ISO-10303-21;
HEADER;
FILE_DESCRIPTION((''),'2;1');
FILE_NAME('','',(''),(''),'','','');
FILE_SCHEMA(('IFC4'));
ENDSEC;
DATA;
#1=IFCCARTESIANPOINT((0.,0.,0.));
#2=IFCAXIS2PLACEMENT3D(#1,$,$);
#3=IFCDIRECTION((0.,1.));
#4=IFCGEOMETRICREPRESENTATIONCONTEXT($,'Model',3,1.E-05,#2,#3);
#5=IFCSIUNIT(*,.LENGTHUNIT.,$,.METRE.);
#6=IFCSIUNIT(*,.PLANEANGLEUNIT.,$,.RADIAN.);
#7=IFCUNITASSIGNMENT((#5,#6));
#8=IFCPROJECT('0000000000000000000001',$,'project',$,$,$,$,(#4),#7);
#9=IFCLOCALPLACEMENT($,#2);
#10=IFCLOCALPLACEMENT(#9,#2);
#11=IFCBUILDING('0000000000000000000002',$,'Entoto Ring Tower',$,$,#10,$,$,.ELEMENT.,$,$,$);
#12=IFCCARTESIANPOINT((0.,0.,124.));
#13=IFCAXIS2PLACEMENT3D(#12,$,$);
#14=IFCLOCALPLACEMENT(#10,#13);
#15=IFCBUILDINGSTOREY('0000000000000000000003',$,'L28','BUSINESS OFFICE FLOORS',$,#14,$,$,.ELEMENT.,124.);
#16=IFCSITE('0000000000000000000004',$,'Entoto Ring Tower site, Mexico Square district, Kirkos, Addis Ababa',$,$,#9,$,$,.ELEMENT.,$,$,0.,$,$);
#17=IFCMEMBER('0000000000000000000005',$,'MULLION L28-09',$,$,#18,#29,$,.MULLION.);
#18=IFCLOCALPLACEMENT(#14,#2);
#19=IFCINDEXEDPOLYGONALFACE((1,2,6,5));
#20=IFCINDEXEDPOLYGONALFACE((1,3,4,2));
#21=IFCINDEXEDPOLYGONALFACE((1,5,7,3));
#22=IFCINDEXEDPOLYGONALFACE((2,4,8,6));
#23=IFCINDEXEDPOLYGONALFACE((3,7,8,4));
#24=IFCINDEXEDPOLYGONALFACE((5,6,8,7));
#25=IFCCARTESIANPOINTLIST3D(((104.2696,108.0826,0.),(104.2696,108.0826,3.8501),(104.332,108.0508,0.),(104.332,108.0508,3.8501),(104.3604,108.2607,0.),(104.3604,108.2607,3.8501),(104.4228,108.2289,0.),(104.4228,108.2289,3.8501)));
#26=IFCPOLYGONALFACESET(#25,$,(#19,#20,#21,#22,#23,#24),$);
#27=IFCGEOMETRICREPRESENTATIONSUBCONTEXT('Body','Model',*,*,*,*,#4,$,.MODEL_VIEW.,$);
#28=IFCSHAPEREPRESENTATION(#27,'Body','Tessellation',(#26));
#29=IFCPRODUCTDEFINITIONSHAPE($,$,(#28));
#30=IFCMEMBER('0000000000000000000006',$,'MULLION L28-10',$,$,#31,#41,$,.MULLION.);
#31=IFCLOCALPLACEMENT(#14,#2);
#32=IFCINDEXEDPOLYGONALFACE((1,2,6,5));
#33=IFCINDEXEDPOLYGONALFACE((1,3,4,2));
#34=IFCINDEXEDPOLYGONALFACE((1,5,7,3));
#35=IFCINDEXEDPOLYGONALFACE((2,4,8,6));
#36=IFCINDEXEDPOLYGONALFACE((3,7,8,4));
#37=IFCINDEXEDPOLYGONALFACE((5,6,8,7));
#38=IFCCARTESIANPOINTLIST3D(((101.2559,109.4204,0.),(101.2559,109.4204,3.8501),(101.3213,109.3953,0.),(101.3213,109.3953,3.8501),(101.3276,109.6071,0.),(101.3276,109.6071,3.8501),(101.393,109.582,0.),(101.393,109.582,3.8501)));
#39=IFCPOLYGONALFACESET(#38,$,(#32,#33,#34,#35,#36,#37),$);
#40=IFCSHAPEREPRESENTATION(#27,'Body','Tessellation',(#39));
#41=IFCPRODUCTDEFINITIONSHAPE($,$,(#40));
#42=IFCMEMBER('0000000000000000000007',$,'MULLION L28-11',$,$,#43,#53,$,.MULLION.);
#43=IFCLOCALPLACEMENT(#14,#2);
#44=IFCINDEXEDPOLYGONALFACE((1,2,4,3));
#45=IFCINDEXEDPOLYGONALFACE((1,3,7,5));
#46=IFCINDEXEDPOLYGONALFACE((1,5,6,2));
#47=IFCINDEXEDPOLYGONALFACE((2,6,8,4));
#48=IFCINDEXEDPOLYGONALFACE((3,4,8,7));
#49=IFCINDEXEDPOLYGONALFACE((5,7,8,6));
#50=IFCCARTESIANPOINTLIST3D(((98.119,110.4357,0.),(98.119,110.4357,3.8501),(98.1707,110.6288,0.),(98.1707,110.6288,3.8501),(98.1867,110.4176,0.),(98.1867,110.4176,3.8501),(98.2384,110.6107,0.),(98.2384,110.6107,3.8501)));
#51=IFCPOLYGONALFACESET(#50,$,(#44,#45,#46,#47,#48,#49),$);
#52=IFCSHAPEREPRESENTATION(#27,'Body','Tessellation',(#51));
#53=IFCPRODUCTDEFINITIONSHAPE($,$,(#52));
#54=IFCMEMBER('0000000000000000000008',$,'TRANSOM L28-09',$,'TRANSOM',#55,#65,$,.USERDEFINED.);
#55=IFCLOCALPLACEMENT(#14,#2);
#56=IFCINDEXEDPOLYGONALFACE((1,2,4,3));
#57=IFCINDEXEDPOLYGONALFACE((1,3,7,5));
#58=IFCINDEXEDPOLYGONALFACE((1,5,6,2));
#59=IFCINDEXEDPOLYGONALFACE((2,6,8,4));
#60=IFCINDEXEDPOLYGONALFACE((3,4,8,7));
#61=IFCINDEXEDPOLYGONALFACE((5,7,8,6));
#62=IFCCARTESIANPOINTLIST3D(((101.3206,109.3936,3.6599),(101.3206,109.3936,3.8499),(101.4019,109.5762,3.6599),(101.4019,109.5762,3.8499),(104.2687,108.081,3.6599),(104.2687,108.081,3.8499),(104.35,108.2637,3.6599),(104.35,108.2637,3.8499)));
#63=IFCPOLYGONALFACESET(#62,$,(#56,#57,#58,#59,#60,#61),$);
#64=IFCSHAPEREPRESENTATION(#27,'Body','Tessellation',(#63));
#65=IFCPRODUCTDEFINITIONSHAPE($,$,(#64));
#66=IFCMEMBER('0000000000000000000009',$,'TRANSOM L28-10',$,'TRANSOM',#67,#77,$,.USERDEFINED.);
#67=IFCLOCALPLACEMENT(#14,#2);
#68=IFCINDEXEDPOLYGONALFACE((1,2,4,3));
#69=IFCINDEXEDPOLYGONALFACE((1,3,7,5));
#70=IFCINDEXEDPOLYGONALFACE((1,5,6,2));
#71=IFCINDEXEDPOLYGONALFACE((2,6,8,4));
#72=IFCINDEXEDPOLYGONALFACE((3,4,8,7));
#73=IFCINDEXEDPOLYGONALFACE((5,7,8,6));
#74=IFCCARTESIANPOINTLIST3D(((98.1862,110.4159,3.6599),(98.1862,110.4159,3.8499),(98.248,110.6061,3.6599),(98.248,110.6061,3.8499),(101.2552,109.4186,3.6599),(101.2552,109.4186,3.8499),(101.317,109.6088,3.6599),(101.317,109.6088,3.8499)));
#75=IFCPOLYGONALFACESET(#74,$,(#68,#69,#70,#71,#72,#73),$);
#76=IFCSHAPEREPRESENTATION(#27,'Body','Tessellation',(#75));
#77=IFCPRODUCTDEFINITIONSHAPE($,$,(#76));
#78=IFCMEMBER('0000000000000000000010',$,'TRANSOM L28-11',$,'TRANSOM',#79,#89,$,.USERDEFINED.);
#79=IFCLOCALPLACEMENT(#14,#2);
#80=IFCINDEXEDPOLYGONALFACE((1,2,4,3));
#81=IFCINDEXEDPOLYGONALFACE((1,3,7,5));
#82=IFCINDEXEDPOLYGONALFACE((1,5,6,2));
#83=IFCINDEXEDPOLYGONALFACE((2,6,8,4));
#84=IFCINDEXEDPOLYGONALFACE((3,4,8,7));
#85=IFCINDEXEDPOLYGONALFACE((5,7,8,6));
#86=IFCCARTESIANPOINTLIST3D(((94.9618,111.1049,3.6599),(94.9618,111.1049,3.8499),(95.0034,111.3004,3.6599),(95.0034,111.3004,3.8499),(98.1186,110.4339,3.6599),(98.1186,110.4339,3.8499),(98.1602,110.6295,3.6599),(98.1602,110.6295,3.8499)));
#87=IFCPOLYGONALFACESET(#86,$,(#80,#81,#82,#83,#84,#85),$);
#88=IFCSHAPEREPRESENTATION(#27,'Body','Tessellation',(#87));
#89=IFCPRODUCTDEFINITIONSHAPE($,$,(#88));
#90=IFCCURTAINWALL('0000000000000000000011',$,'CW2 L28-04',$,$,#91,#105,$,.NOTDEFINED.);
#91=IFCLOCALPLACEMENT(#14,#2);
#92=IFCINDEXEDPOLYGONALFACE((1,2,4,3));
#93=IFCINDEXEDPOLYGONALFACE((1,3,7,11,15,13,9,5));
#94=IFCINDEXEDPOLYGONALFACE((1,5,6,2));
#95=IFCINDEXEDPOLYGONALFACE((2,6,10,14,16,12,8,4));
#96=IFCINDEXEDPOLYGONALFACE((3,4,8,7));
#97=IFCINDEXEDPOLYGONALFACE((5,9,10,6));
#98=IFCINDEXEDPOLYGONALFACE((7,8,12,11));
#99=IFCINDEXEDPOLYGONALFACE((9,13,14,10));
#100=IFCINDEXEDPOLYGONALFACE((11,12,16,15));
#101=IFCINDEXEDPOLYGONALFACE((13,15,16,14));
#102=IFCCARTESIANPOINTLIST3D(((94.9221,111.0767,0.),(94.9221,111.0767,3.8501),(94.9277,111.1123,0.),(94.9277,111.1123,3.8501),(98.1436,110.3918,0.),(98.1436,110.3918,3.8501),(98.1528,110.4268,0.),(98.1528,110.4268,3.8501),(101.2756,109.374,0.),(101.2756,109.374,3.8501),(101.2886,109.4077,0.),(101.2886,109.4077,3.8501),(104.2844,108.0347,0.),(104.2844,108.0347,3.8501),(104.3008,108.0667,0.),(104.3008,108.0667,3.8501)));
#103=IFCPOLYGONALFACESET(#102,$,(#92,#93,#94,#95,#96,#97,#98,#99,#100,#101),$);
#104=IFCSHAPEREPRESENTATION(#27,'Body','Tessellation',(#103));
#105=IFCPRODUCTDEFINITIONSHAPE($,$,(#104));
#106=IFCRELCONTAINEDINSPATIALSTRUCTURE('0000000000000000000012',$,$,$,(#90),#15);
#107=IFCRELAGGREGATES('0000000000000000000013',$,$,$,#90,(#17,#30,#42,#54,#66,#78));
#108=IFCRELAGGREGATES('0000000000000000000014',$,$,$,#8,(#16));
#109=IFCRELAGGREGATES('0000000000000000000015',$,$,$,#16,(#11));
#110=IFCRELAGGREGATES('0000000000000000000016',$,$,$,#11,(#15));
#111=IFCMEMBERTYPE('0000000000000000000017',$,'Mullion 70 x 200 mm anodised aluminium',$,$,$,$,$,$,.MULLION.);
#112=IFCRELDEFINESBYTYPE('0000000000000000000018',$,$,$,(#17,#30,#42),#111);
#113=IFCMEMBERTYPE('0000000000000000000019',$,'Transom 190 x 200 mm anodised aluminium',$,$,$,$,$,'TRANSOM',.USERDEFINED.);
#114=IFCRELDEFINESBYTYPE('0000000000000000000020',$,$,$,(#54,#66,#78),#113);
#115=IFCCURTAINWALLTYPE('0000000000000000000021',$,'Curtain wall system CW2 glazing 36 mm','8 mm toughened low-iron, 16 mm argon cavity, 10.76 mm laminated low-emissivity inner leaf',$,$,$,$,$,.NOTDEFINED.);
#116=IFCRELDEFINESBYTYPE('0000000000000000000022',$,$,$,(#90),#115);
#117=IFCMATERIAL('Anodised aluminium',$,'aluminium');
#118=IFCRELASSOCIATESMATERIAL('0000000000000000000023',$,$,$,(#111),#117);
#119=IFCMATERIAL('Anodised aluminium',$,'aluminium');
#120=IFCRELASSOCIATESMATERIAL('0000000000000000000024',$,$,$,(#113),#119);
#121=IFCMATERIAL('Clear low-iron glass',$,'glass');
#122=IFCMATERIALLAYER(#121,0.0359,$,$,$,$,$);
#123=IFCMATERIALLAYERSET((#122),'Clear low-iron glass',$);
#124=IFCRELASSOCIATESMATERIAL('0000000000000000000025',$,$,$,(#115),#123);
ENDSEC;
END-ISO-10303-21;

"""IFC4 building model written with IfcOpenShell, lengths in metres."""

from ifc_helpers import new_model, si_unit, direction, frame, origin, origin_2d, place, context, subcontext, project, spatial, polyline, rectangle, outline, extrude, material, layer, layer_set, material_profile, profile_set, type_object, element, aggregate, save


model = new_model("IFC4")

# Units and contexts
model_context = context("Model", 3, precision=1e-05, world=origin(), true_north=direction((0.0, 1.0)))
body_context = subcontext(model_context, "Body", "Model", "MODEL_VIEW")
ifc_project = project(units=[si_unit("LENGTHUNIT", "METRE"), si_unit("PLANEANGLEUNIT", "RADIAN")], contexts=[model_context])

# Members
ifc_material_1 = material(Name="Anodised aluminium", Category="aluminium")
ifc_material_profile_1 = material_profile(ifc_material_1, rectangle(XDim=0.0701, YDim=0.2, at=origin_2d()), Name="Mullion 70 x 200 mm anodised aluminium")
ifc_profile_set_1 = profile_set([ifc_material_profile_1], Name="Anodised aluminium")
member_type_1 = type_object("IfcMemberType", Name="Mullion 70 x 200 mm anodised aluminium", PredefinedType="MULLION", material=ifc_profile_set_1)
site_placement = place(None, origin())
building_placement = place(site_placement, origin())
storey_placement = place(building_placement, frame((0.0, 0.0, 124.0)))
member_1_placement = place(storey_placement, frame((104.3462, 108.1558, 0.0), z_axis=(0.0, 0.0, 1.0), x_axis=(-0.891007, 0.45399, 0.0)))
member_1 = element("IfcMember", 1, at=member_1_placement, type_object=member_type_1, Name="MULLION L28-09", PredefinedType="MULLION", context=body_context, shape_type="SweptSolid", body=[
    extrude(rectangle(XDim=0.0701, YDim=0.2, at=origin_2d()), origin(), (0.0, 0.0, 1.0), 3.8501),
])
member_2_placement = place(storey_placement, frame((101.3245, 109.5012, 0.0), z_axis=(0.0, 0.0, 1.0), x_axis=(-0.93358, 0.358368, 0.0)))
member_2 = element("IfcMember", 2, at=member_2_placement, type_object=member_type_1, Name="MULLION L28-10", PredefinedType="MULLION", context=body_context, shape_type="SweptSolid", body=[
    extrude(rectangle(XDim=0.0701, YDim=0.2, at=origin_2d()), origin(), (0.0, 0.0, 1.0), 3.8501),
])
member_3_placement = place(storey_placement, frame((98.1787, 110.5232, 0.0), z_axis=(0.0, 0.0, 1.0), x_axis=(-0.965926, 0.258819, 0.0)))
member_3 = element("IfcMember", 3, at=member_3_placement, type_object=member_type_1, Name="MULLION L28-11", PredefinedType="MULLION", context=body_context, shape_type="SweptSolid", body=[
    extrude(rectangle(XDim=0.0701, YDim=0.2, at=origin_2d()), origin(), (0.0, 0.0, 1.0), 3.8501),
])
ifc_material_2 = material(Name="Anodised aluminium", Category="aluminium")
ifc_material_profile_2 = material_profile(ifc_material_2, rectangle(XDim=0.2, YDim=0.1899, at=origin_2d()), Name="Transom 190 x 200 mm anodised aluminium")
ifc_profile_set_2 = profile_set([ifc_material_profile_2], Name="Anodised aluminium")
member_type_2 = type_object("IfcMemberType", Name="Transom 190 x 200 mm anodised aluminium", ElementType="TRANSOM", PredefinedType="USERDEFINED", material=ifc_profile_set_2)
member_4_placement = place(storey_placement, frame((104.3093, 108.1724, 3.7549), z_axis=(-0.913549, 0.406728, 0.0), x_axis=(-0.406728, -0.913549, 0.0)))
member_4 = element("IfcMember", 4, at=member_4_placement, type_object=member_type_2, Name="TRANSOM L28-09", ObjectType="TRANSOM", PredefinedType="USERDEFINED", context=body_context, shape_type="SweptSolid", body=[
    extrude(rectangle(XDim=0.2, YDim=0.1899, at=origin_2d()), origin(), (0.0, 0.0, 1.0), 3.2271),
])
member_5_placement = place(storey_placement, frame((101.2861, 109.5137, 3.7549), z_axis=(-0.951047, 0.309047, 0.0), x_axis=(-0.309047, -0.951047, 0.0)))
member_5 = element("IfcMember", 5, at=member_5_placement, type_object=member_type_2, Name="TRANSOM L28-10", ObjectType="TRANSOM", PredefinedType="USERDEFINED", context=body_context, shape_type="SweptSolid", body=[
    extrude(rectangle(XDim=0.2, YDim=0.1899, at=origin_2d()), origin(), (0.0, 0.0, 1.0), 3.2271),
])
member_6_placement = place(storey_placement, frame((98.1394, 110.5317, 3.7549), z_axis=(-0.978153, 0.207886, 0.0), x_axis=(-0.207886, -0.978153, 0.0)))
member_6 = element("IfcMember", 6, at=member_6_placement, type_object=member_type_2, Name="TRANSOM L28-11", ObjectType="TRANSOM", PredefinedType="USERDEFINED", context=body_context, shape_type="SweptSolid", body=[
    extrude(rectangle(XDim=0.2, YDim=0.1899, at=origin_2d()), origin(), (0.0, 0.0, 1.0), 3.2273),
])

# Site, building, storey
site = spatial("IfcSite", under=ifc_project, at=site_placement, Name="Entoto Ring Tower site, Mexico Square district, Kirkos, Addis Ababa", CompositionType="ELEMENT", RefElevation=0.0)
building = spatial("IfcBuilding", under=site, at=building_placement, Name="Entoto Ring Tower", CompositionType="ELEMENT")
storey = spatial("IfcBuildingStorey", under=building, at=storey_placement, Name="L28", Description="BUSINESS OFFICE FLOORS", CompositionType="ELEMENT", Elevation=124.0)

# Curtain wall
ifc_material_3 = material(Name="Clear low-iron glass", Category="glass")
ifc_layer = layer(ifc_material_3, 0.0359)
ifc_layer_set = layer_set([ifc_layer], Name="Clear low-iron glass")
curtain_wall_type = type_object("IfcCurtainWallType", Name="Curtain wall system CW2 glazing 36 mm", Description="8 mm toughened low-iron, 16 mm argon cavity, 10.76 mm laminated low-emissivity inner leaf", PredefinedType="NOTDEFINED", material=ifc_layer_set)
curtain_wall_1_placement = place(storey_placement, origin())
curtain_wall_1 = element("IfcCurtainWall", 7, at=curtain_wall_1_placement, inside=storey, type_object=curtain_wall_type, Name="CW2 L28-04", PredefinedType="NOTDEFINED", context=body_context, shape_type="SweptSolid", body=[
    extrude(outline(polyline([(104.3008, 108.0667), (101.2886, 109.4077), (98.1528, 110.4268), (94.9277, 111.1123), (94.9221, 111.0767), (98.1436, 110.3918), (101.2756, 109.374), (104.2844, 108.0347), (104.3008, 108.0667)])), origin(), (0.0, 0.0, 1.0), 3.8501),
])
aggregate(curtain_wall_1, [member_1, member_2, member_3, member_4, member_5, member_6])

save(model, "model.ifc")
